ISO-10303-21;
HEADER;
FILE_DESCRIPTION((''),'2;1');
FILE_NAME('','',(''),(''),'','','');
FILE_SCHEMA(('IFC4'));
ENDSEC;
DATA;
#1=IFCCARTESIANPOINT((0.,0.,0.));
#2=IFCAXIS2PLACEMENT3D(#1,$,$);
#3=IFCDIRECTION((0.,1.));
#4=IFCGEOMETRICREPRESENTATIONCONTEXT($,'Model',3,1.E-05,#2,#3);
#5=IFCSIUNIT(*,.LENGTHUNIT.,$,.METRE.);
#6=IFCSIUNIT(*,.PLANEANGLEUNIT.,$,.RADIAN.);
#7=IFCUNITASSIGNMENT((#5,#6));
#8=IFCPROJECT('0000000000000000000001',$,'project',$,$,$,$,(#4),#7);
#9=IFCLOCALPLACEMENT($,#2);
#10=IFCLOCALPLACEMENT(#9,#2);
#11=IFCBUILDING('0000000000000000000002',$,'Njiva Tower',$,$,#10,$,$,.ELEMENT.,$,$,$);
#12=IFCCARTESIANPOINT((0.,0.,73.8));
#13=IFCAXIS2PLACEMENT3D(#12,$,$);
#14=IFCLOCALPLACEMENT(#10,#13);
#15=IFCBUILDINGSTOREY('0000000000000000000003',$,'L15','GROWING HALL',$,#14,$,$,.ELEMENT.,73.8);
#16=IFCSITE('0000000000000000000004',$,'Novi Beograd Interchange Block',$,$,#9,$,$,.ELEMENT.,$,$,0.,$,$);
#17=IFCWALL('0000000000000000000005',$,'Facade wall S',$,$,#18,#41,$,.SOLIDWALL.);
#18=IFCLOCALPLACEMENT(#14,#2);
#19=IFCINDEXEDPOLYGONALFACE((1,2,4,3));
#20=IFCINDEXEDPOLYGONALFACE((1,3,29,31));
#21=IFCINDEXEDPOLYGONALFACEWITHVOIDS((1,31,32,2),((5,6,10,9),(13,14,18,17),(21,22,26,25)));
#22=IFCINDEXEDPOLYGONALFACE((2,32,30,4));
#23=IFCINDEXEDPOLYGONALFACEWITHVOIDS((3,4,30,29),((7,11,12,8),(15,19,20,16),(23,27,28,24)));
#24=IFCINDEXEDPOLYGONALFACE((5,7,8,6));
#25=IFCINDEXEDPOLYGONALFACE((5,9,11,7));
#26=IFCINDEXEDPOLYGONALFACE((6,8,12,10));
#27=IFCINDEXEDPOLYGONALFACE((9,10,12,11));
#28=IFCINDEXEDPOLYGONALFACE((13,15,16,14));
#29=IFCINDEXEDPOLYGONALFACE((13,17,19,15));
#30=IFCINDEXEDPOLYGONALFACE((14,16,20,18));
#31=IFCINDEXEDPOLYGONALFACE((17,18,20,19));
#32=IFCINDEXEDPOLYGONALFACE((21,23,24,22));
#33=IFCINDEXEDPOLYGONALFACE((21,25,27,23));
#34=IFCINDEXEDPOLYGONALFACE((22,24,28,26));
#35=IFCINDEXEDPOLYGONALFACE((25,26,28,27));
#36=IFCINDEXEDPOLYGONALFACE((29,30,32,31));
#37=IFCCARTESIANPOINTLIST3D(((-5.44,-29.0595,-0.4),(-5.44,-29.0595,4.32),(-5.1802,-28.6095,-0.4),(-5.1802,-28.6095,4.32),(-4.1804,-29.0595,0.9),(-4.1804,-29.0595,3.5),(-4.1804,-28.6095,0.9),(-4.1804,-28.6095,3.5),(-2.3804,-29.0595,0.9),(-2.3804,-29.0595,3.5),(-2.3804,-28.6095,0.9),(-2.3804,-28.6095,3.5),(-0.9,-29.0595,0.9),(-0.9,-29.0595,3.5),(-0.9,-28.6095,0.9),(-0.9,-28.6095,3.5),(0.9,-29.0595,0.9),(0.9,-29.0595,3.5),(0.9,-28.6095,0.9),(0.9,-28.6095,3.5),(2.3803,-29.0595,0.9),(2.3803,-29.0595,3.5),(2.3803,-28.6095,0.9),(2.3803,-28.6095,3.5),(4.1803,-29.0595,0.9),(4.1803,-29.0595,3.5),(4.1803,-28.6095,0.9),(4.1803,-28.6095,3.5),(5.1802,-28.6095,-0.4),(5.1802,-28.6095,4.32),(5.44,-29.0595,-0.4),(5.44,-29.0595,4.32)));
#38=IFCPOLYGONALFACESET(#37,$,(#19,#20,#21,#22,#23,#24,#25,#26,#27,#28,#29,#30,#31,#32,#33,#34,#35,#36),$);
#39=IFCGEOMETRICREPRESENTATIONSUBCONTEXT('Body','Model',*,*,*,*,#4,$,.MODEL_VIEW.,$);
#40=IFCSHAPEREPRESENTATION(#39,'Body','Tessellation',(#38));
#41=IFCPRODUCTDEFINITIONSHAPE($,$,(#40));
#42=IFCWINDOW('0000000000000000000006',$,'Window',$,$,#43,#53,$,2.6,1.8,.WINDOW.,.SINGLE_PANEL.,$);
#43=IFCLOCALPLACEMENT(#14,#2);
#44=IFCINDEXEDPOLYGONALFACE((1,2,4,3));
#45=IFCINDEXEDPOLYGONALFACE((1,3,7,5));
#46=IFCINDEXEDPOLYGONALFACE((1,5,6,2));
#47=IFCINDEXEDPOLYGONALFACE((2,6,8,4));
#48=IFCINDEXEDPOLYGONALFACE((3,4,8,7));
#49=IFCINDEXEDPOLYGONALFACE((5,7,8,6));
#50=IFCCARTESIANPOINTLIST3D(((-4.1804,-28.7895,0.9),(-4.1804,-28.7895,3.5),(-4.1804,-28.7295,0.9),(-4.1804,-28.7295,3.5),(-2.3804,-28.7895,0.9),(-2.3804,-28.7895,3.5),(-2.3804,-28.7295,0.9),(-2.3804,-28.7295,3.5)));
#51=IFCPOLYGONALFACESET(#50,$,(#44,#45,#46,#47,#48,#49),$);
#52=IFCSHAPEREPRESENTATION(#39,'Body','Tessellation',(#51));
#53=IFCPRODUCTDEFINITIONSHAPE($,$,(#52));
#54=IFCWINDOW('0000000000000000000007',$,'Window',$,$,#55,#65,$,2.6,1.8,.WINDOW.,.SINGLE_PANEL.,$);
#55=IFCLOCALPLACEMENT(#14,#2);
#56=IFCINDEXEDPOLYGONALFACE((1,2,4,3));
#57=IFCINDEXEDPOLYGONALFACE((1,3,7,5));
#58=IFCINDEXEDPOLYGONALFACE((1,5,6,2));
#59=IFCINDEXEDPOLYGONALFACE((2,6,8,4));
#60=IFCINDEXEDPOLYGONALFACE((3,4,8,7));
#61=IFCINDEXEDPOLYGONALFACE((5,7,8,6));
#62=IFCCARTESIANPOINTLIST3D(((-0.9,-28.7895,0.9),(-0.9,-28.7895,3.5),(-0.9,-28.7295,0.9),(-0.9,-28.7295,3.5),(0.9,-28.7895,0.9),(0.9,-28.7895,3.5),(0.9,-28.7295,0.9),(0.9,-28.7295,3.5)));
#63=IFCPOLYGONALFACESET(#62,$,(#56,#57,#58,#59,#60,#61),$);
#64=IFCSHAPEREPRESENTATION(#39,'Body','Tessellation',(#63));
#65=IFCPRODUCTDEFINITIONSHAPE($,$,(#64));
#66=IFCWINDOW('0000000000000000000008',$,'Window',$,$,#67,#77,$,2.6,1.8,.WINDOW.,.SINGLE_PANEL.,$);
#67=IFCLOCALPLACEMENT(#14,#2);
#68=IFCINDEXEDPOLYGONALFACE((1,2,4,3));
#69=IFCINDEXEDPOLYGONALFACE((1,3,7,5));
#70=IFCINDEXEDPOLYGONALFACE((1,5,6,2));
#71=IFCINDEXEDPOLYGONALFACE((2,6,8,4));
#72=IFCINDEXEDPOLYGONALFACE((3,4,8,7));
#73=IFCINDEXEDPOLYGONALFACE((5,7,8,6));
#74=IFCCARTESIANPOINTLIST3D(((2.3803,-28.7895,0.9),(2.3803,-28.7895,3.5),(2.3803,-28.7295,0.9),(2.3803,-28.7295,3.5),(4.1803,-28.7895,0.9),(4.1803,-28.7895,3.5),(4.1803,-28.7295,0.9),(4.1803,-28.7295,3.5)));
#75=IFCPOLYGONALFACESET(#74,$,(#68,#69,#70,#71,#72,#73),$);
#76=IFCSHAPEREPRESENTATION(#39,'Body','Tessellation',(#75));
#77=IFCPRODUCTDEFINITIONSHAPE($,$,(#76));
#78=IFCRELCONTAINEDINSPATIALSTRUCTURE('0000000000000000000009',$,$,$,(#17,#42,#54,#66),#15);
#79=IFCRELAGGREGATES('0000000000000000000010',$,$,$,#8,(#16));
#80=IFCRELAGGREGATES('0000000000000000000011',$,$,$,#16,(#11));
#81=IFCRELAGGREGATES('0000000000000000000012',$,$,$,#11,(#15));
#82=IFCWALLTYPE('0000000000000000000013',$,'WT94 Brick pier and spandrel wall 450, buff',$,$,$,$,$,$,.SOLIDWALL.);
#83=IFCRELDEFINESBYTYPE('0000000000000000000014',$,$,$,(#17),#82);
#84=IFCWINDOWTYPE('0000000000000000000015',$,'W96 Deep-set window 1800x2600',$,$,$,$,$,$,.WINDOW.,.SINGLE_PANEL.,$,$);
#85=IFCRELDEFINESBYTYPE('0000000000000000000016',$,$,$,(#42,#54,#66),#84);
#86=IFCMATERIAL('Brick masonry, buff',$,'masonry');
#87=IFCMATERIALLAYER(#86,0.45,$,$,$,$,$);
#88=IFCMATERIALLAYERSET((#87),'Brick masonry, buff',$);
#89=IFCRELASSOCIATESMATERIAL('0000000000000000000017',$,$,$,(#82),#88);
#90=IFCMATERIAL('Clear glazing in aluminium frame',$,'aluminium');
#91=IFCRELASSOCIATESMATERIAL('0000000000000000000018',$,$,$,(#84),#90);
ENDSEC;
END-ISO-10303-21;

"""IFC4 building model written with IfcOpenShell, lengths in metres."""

from ifc_helpers import new_model, si_unit, direction, frame, frame_2d, origin, place, context, subcontext, project, spatial, polyline, rectangle, outline, extrude, material, layer, layer_set, type_object, element, fill, save


model = new_model("IFC4")

# Units and contexts
model_context = context("Model", 3, precision=1e-05, world=origin(), true_north=direction((0.0, 1.0)))
body_context = subcontext(model_context, "Body", "Model", "MODEL_VIEW")
ifc_project = project(units=[si_unit("LENGTHUNIT", "METRE"), si_unit("PLANEANGLEUNIT", "RADIAN")], contexts=[model_context])

# Site, building, storey
site_placement = place(None, origin())
site = spatial("IfcSite", under=ifc_project, at=site_placement, Name="Novi Beograd Interchange Block", CompositionType="ELEMENT", RefElevation=0.0)
building_placement = place(site_placement, origin())
building = spatial("IfcBuilding", under=site, at=building_placement, Name="Njiva Tower", CompositionType="ELEMENT")
storey_placement = place(building_placement, frame((0.0, 0.0, 73.8)))
storey = spatial("IfcBuildingStorey", under=building, at=storey_placement, Name="L15", Description="GROWING HALL", CompositionType="ELEMENT", Elevation=73.8)

# Wall, openings, windows
ifc_material_1 = material(Name="Brick masonry, buff", Category="masonry")
ifc_layer_1 = layer(ifc_material_1, 0.45)
ifc_layer_set_1 = layer_set([ifc_layer_1], Name="Brick masonry, buff")
wall_type_1 = type_object("IfcWallType", Name="WT94 Brick pier and spandrel wall 450, buff", PredefinedType="SOLIDWALL", material=ifc_layer_set_1)
wall_1_placement = place(storey_placement, frame((-5.3101, -28.8345, -0.4), z_axis=(0.0, 0.0, 1.0), x_axis=(1.0, 0.0, 0.0)))
wall_1 = element("IfcWall", 1, at=wall_1_placement, inside=storey, type_object=wall_type_1, Name="Facade wall S", PredefinedType="SOLIDWALL", context=body_context, shape_type="SweptSolid", body=[
    extrude(outline(polyline([(-0.1299, -0.225), (10.7501, -0.225), (10.4903, 0.225), (0.1299, 0.225), (-0.1299, -0.225)])), origin(), (0.0, 0.0, 1.0), 4.72),
])
opening_1_placement = place(wall_1_placement, frame((1.1297, 0.0, 1.3)))
opening_1 = element("IfcOpeningElement", 2, at=opening_1_placement, cuts=wall_1, PredefinedType="OPENING", context=body_context, shape_type="SweptSolid", body=[
    extrude(rectangle(XDim=1.8, YDim=2.6, at=frame_2d((0.9, 1.3))), frame((0.0, 0.235, 0.0), z_axis=(0.0, -1.0, 0.0), x_axis=(1.0, 0.0, 0.0)), (0.0, 0.0, 1.0), 0.47),
])
opening_2_placement = place(wall_1_placement, frame((4.4101, 0.0, 1.3)))
opening_2 = element("IfcOpeningElement", 3, at=opening_2_placement, cuts=wall_1, PredefinedType="OPENING", context=body_context, shape_type="SweptSolid", body=[
    extrude(rectangle(XDim=1.8, YDim=2.6, at=frame_2d((0.9, 1.3))), frame((0.0, 0.235, 0.0), z_axis=(0.0, -1.0, 0.0), x_axis=(1.0, 0.0, 0.0)), (0.0, 0.0, 1.0), 0.47),
])
opening_3_placement = place(wall_1_placement, frame((7.6904, 0.0, 1.3)))
opening_3 = element("IfcOpeningElement", 4, at=opening_3_placement, cuts=wall_1, PredefinedType="OPENING", context=body_context, shape_type="SweptSolid", body=[
    extrude(rectangle(XDim=1.8, YDim=2.6, at=frame_2d((0.9, 1.3))), frame((0.0, 0.235, 0.0), z_axis=(0.0, -1.0, 0.0), x_axis=(1.0, 0.0, 0.0)), (0.0, 0.0, 1.0), 0.47),
])
ifc_material_2 = material(Name="Clear glazing in aluminium frame", Category="aluminium")
window_type = type_object("IfcWindowType", Name="W96 Deep-set window 1800x2600", PartitioningType="SINGLE_PANEL", PredefinedType="WINDOW", material=ifc_material_2)
window_1_placement = place(opening_1_placement, origin())
window_1 = element("IfcWindow", 5, at=window_1_placement, inside=storey, type_object=window_type, Name="Window", OverallHeight=2.6, OverallWidth=1.8, PartitioningType="SINGLE_PANEL", PredefinedType="WINDOW", context=body_context, shape_type="SweptSolid", body=[
    extrude(rectangle(XDim=1.8, YDim=2.6, at=frame_2d((0.9, 1.3))), frame((0.0, 0.105, 0.0), z_axis=(0.0, -1.0, 0.0), x_axis=(1.0, 0.0, 0.0)), (0.0, 0.0, 1.0), 0.06),
])
fill(opening_1, window_1)
window_2_placement = place(opening_2_placement, origin())
window_2 = element("IfcWindow", 6, at=window_2_placement, inside=storey, type_object=window_type, Name="Window", OverallHeight=2.6, OverallWidth=1.8, PartitioningType="SINGLE_PANEL", PredefinedType="WINDOW", context=body_context, shape_type="SweptSolid", body=[
    extrude(rectangle(XDim=1.8, YDim=2.6, at=frame_2d((0.9, 1.3))), frame((0.0, 0.105, 0.0), z_axis=(0.0, -1.0, 0.0), x_axis=(1.0, 0.0, 0.0)), (0.0, 0.0, 1.0), 0.06),
])
fill(opening_2, window_2)
window_3_placement = place(opening_3_placement, origin())
window_3 = element("IfcWindow", 7, at=window_3_placement, inside=storey, type_object=window_type, Name="Window", OverallHeight=2.6, OverallWidth=1.8, PartitioningType="SINGLE_PANEL", PredefinedType="WINDOW", context=body_context, shape_type="SweptSolid", body=[
    extrude(rectangle(XDim=1.8, YDim=2.6, at=frame_2d((0.9, 1.3))), frame((0.0, 0.105, 0.0), z_axis=(0.0, -1.0, 0.0), x_axis=(1.0, 0.0, 0.0)), (0.0, 0.0, 1.0), 0.06),
])
fill(opening_3, window_3)

save(model, "model.ifc")
